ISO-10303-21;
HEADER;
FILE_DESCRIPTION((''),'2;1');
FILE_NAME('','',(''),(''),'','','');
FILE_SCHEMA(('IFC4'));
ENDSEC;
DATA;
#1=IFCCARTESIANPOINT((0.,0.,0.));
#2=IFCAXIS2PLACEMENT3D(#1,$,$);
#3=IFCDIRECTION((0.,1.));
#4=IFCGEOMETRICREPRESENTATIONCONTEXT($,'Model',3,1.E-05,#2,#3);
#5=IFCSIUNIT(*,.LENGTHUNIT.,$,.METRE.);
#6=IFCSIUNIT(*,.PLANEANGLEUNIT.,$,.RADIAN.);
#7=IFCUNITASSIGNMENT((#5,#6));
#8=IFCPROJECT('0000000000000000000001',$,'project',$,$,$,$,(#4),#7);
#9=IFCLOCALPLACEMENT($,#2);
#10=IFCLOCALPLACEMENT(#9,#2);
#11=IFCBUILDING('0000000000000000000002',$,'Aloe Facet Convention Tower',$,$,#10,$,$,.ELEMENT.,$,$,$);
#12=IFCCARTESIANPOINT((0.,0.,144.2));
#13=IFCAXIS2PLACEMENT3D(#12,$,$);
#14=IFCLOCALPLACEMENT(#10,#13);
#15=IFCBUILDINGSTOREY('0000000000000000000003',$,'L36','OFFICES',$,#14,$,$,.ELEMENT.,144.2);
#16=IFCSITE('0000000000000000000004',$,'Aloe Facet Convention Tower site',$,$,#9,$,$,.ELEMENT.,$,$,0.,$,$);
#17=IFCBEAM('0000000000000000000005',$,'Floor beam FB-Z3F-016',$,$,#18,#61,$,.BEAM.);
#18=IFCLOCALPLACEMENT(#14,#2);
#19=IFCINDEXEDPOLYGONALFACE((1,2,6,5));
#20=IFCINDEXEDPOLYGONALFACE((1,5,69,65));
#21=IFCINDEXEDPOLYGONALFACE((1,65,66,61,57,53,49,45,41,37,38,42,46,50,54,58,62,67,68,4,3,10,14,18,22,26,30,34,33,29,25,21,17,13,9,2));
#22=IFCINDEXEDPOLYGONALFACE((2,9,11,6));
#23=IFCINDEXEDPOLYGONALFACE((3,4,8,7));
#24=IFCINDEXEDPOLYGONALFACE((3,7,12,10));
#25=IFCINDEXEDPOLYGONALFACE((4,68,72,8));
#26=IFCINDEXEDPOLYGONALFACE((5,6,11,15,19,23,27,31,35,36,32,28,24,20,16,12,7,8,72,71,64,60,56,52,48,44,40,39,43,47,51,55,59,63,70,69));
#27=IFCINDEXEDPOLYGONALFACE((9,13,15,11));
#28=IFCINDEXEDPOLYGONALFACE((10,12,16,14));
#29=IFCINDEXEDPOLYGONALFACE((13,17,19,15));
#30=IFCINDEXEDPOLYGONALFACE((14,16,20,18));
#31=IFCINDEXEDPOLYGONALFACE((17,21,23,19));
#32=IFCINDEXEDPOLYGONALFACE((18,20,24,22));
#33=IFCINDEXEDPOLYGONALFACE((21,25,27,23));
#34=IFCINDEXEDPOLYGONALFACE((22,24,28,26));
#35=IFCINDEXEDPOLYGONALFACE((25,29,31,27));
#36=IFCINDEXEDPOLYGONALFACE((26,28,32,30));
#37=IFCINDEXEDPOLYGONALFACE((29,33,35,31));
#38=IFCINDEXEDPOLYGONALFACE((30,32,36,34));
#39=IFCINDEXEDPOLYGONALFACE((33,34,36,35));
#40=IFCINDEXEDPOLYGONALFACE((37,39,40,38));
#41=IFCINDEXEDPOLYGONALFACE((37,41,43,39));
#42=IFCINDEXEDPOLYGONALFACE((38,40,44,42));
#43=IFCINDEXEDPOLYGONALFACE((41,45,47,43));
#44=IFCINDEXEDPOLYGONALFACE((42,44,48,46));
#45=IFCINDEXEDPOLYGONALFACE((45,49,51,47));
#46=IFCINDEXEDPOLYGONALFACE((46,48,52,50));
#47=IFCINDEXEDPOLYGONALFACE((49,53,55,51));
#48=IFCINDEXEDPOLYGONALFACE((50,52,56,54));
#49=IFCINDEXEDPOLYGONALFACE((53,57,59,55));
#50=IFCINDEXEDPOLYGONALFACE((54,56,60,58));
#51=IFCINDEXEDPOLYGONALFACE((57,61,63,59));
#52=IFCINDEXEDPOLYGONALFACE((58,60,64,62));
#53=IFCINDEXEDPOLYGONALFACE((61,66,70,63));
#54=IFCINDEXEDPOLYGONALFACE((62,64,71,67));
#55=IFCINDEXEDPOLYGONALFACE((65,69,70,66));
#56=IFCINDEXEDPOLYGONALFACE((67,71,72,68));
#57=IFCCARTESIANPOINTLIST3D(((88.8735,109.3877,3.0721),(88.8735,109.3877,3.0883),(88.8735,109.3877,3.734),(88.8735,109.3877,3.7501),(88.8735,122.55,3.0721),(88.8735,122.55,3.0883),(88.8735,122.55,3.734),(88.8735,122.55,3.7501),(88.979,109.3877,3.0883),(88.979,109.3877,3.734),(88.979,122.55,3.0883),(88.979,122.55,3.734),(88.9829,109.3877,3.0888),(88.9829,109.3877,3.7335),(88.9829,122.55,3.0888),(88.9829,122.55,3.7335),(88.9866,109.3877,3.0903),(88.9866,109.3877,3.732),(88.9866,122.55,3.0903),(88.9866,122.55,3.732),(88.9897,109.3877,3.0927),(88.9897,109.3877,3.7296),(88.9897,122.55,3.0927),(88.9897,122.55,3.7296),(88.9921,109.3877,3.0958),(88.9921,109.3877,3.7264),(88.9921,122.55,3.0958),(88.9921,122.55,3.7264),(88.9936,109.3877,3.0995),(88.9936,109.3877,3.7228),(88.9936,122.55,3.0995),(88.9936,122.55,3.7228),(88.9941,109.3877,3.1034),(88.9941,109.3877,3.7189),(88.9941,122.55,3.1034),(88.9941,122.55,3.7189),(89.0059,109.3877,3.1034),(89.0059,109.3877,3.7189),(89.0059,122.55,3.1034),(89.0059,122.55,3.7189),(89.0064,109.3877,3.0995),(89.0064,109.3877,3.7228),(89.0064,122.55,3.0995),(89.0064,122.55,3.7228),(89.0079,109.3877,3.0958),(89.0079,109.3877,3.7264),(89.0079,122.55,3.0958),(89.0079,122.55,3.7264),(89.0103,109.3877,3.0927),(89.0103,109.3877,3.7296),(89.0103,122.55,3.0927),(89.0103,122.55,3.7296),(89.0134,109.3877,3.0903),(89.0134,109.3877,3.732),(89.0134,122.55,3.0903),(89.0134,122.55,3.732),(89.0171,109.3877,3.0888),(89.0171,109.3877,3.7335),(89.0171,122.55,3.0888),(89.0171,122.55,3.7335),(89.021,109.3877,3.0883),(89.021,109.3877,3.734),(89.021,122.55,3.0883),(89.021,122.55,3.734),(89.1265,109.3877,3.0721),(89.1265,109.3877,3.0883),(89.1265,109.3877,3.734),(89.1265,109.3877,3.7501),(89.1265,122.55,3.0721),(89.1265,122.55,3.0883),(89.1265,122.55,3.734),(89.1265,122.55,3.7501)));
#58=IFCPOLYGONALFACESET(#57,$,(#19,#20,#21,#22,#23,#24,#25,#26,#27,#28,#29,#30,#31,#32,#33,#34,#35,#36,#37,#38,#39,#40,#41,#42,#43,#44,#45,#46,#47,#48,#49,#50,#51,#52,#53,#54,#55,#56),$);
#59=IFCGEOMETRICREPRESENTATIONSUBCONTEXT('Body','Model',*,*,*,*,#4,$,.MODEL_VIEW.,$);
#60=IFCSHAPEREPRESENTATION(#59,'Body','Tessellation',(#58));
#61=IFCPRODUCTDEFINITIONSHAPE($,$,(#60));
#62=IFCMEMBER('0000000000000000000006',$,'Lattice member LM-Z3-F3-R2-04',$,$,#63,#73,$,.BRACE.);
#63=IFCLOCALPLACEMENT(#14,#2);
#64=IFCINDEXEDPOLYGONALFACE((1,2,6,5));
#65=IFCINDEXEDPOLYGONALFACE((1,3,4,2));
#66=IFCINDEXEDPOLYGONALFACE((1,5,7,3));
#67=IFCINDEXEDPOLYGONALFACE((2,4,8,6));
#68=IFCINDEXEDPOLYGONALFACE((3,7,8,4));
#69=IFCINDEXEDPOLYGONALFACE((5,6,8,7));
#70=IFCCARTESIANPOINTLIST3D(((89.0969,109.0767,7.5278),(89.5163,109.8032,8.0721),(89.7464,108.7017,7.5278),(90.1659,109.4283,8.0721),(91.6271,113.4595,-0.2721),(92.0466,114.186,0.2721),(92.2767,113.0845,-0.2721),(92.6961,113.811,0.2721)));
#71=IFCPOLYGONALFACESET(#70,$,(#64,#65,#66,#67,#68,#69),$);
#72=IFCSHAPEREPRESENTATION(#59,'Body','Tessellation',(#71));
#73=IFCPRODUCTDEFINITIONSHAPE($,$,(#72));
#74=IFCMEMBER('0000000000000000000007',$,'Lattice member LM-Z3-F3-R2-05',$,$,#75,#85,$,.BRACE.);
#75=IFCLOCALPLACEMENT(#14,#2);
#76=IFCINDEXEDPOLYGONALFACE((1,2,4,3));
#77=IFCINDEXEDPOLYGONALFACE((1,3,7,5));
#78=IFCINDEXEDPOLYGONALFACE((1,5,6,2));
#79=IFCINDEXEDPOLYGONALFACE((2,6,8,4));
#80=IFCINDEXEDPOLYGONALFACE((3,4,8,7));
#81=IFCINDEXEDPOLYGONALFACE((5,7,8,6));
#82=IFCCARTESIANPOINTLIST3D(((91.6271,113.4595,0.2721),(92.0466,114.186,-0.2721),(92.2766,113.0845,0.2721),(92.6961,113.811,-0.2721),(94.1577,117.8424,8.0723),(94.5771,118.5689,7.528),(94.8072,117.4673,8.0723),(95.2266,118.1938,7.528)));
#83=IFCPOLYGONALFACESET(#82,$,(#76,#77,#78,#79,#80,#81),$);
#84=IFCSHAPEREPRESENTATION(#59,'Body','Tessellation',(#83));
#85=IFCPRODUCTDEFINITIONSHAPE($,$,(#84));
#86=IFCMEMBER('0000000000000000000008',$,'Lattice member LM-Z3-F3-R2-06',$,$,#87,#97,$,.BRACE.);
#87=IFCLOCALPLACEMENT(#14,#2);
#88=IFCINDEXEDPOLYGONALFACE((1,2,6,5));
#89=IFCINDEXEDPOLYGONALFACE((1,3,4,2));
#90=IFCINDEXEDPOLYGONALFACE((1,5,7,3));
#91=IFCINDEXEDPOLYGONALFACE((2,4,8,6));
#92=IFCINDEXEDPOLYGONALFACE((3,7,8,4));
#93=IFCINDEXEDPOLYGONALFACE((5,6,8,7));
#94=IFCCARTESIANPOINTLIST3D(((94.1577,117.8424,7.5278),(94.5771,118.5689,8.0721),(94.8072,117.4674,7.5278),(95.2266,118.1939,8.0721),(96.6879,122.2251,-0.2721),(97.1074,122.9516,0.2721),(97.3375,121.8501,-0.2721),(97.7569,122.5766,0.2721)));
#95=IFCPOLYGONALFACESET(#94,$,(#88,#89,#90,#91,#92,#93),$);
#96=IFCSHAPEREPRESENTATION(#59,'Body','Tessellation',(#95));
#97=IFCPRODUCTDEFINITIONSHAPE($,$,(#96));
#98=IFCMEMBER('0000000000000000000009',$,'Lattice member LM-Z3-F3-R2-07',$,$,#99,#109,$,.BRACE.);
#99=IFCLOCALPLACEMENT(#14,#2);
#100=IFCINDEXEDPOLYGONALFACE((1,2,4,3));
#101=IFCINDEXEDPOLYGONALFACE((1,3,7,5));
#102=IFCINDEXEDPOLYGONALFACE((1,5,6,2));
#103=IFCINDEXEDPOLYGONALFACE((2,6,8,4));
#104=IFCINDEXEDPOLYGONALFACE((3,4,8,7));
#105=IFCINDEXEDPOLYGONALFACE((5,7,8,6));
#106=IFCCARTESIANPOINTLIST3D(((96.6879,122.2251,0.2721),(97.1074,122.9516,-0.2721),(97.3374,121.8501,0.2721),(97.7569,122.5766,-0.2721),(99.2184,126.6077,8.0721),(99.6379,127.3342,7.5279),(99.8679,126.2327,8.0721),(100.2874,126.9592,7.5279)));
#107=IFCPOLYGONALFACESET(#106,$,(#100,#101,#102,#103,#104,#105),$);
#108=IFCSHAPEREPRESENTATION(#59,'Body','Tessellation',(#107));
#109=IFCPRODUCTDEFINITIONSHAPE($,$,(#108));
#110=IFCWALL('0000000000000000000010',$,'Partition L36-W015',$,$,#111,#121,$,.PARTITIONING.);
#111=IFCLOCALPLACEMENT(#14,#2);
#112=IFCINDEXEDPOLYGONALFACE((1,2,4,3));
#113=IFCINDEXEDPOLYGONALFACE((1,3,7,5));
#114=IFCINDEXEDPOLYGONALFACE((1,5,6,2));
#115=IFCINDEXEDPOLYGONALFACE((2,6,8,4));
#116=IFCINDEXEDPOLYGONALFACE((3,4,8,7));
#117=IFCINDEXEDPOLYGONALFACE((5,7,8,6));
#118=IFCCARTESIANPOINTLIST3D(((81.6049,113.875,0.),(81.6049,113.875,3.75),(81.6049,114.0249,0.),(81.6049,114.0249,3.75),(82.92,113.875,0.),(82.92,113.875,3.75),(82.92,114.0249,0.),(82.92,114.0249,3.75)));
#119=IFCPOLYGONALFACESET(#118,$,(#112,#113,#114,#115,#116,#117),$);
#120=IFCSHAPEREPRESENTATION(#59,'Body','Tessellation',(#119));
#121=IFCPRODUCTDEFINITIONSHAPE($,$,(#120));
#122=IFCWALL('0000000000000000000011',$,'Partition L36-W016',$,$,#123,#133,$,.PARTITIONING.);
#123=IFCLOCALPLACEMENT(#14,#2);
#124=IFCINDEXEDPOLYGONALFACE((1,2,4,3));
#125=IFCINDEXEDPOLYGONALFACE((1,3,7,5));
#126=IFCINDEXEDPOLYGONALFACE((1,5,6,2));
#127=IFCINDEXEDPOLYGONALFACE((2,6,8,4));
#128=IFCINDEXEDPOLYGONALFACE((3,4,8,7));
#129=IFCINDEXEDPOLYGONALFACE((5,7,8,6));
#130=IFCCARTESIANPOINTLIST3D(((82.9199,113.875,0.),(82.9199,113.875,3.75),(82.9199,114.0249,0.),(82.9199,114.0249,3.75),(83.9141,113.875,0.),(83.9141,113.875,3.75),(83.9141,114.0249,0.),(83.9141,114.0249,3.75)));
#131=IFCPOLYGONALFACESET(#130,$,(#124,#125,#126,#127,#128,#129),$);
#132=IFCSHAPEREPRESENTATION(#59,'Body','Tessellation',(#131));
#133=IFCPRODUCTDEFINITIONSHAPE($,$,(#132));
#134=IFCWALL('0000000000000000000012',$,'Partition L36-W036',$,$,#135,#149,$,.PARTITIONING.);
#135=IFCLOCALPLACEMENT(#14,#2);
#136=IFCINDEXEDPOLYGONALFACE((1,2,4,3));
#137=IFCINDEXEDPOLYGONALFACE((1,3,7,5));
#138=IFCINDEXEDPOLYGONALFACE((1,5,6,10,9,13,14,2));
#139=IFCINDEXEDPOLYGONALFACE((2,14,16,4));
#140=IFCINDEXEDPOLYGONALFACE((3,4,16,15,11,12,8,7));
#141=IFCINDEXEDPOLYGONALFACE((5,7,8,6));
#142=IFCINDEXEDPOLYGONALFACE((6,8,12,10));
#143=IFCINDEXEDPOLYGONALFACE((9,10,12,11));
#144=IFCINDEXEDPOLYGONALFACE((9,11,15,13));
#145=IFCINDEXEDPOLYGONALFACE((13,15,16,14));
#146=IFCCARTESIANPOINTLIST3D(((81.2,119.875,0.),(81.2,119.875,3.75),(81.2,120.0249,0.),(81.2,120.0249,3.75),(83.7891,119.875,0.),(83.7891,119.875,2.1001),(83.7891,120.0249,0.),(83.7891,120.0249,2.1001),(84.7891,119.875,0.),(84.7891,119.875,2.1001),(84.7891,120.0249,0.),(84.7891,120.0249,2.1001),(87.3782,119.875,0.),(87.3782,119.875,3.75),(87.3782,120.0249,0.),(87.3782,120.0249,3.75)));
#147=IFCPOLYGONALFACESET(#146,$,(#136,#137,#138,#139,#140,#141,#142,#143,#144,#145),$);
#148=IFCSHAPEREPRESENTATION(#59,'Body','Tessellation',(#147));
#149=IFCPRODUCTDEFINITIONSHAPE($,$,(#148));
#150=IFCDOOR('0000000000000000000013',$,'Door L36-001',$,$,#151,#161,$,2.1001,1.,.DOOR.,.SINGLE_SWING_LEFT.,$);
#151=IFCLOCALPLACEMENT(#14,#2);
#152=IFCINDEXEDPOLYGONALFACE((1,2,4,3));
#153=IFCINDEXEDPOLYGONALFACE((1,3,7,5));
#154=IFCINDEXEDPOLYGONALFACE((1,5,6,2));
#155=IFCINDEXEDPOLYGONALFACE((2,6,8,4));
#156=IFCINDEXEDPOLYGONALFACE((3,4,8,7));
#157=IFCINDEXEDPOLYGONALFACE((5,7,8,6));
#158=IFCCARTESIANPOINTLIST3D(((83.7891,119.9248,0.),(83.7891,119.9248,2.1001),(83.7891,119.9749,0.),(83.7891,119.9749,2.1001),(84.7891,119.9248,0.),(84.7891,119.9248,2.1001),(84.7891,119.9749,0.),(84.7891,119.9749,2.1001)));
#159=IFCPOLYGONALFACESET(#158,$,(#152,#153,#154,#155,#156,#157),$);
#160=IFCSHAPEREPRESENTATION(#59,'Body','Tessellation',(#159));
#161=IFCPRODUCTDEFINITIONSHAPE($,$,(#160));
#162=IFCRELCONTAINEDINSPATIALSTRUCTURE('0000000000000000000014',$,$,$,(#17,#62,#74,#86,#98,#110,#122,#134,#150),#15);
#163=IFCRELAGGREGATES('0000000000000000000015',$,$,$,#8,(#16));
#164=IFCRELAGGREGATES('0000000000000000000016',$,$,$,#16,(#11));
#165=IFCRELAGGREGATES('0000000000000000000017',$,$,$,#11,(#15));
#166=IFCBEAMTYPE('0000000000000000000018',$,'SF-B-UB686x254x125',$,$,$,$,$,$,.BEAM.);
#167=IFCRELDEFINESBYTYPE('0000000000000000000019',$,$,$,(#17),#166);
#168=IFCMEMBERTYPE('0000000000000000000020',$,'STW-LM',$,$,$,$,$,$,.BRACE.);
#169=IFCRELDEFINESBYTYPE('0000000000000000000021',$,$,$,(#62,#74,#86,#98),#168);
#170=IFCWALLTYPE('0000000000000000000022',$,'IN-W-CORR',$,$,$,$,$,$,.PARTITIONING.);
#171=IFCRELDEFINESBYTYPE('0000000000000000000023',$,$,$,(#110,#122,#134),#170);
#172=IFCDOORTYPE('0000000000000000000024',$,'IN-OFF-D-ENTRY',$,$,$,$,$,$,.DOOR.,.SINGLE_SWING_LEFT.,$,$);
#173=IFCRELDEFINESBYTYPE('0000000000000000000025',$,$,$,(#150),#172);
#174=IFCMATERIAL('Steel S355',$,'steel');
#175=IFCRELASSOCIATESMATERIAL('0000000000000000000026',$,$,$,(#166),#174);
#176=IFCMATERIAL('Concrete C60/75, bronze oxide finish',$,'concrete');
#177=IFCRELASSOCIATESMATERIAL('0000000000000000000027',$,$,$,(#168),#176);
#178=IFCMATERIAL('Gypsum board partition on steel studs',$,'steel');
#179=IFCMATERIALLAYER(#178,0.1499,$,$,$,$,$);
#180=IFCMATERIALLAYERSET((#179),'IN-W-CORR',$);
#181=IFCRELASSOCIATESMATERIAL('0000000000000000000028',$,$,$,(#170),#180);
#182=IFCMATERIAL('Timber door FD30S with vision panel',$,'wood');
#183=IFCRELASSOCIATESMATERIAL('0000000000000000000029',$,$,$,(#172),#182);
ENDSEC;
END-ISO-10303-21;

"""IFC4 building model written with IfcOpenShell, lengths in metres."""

from ifc_helpers import new_model, si_unit, direction, frame, frame_2d, origin, origin_2d, place, context, subcontext, project, spatial, rectangle, i_section, extrude, material, layer, layer_set, material_profile, profile_set, type_object, element, fill, save


model = new_model("IFC4")

# Units and contexts
model_context = context("Model", 3, precision=1e-05, world=origin(), true_north=direction((0.0, 1.0)))
body_context = subcontext(model_context, "Body", "Model", "MODEL_VIEW")
ifc_project = project(units=[si_unit("LENGTHUNIT", "METRE"), si_unit("PLANEANGLEUNIT", "RADIAN")], contexts=[model_context])

# Site, building, storey
site_placement = place(None, origin())
site = spatial("IfcSite", under=ifc_project, at=site_placement, Name="Aloe Facet Convention Tower site", CompositionType="ELEMENT", RefElevation=0.0)
building_placement = place(site_placement, origin())
building = spatial("IfcBuilding", under=site, at=building_placement, Name="Aloe Facet Convention Tower", CompositionType="ELEMENT")
storey_placement = place(building_placement, frame((0.0, 0.0, 144.2)))
storey = spatial("IfcBuildingStorey", under=building, at=storey_placement, Name="L36", Description="OFFICES", CompositionType="ELEMENT", Elevation=144.2)

# Beam
ifc_material_1 = material(Name="Steel S355", Category="steel")
ifc_material_profile_1 = material_profile(ifc_material_1, i_section(OverallWidth=0.2529, OverallDepth=0.678, WebThickness=0.0117, FlangeThickness=0.0161, FilletRadius=0.0151, at=origin_2d()), Name="UB 686x254x125")
ifc_profile_set_1 = profile_set([ifc_material_profile_1], Name="Steel S355")
beam_type_1 = type_object("IfcBeamType", Name="SF-B-UB686x254x125", PredefinedType="BEAM", material=ifc_profile_set_1)
beam_1_placement = place(storey_placement, frame((89.0, 122.55, 3.4111), z_axis=(0.0, -1.0, 0.0), x_axis=(1.0, 0.0, 0.0)))
element("IfcBeam", 1, at=beam_1_placement, inside=storey, type_object=beam_type_1, Name="Floor beam FB-Z3F-016", PredefinedType="BEAM", context=body_context, shape_type="SweptSolid", body=[
    extrude(i_section(OverallWidth=0.2529, OverallDepth=0.678, WebThickness=0.0117, FlangeThickness=0.0161, FilletRadius=0.0151, at=origin_2d()), origin(), (0.0, 0.0, 1.0), 13.1624),
])

# Members
ifc_material_2 = material(Name="Concrete C60/75, bronze oxide finish", Category="concrete")
ifc_material_profile_2 = material_profile(ifc_material_2, rectangle(XDim=0.75, YDim=1.0, at=origin_2d()), Name="STW-LM")
ifc_profile_set_2 = profile_set([ifc_material_profile_2], Name="Concrete C60/75, bronze oxide finish")
member_type = type_object("IfcMemberType", Name="STW-LM", PredefinedType="BRACE", material=ifc_profile_set_2)
member_1_placement = place(storey_placement, frame((92.1616, 113.6353, 0.0), z_axis=(-0.272132, -0.471373, 0.838899), x_axis=(0.866038, -0.499979, 0.0)))
element("IfcMember", 2, at=member_1_placement, inside=storey, type_object=member_type, Name="Lattice member LM-Z3-F3-R2-04", PredefinedType="BRACE", context=body_context, shape_type="SweptSolid", body=[
    extrude(rectangle(XDim=0.75, YDim=1.0, at=origin_2d()), origin(), (0.0, 0.0, 1.0), 9.2979),
])
member_2_placement = place(storey_placement, frame((92.1616, 113.6353, 0.0), z_axis=(0.272156, 0.47137, 0.838893), x_axis=(-0.866017, 0.500015, 0.0)))
element("IfcMember", 3, at=member_2_placement, inside=storey, type_object=member_type, Name="Lattice member LM-Z3-F3-R2-05", PredefinedType="BRACE", context=body_context, shape_type="SweptSolid", body=[
    extrude(rectangle(XDim=0.75, YDim=1.0, at=origin_2d()), origin(), (0.0, 0.0, 1.0), 9.2981),
])
for number, where, z_axis, x_axis, name in (
    (4, (97.2224, 122.4009, 0.0), (-0.272132, -0.471373, 0.838899), (0.866038, -0.499979, 0.0), "Lattice member LM-Z3-F3-R2-06"),
    (5, (97.2224, 122.4009, 0.0), (0.27216, 0.47135, 0.838903), (-0.866005, 0.500036, 0.0), "Lattice member LM-Z3-F3-R2-07"),
):
    element("IfcMember", number, at=place(storey_placement, frame(where, z_axis=z_axis, x_axis=x_axis)), inside=storey, type_object=member_type, Name=name, PredefinedType="BRACE", context=body_context, shape_type="SweptSolid", body=[
        extrude(rectangle(XDim=0.75, YDim=1.0, at=origin_2d()), origin(), (0.0, 0.0, 1.0), 9.2979),
    ])

# Walls
ifc_material_3 = material(Name="Gypsum board partition on steel studs", Category="steel")
ifc_layer_1 = layer(ifc_material_3, 0.1499)
ifc_layer_set_1 = layer_set([ifc_layer_1], Name="IN-W-CORR")
wall_type_1 = type_object("IfcWallType", Name="IN-W-CORR", PredefinedType="PARTITIONING", material=ifc_layer_set_1)
wall_1_placement = place(storey_placement, frame((81.6047, 113.95, 0.0), z_axis=(0.0, 0.0, 1.0), x_axis=(1.0, 0.0, 0.0)))
element("IfcWall", 6, at=wall_1_placement, inside=storey, type_object=wall_type_1, Name="Partition L36-W015", PredefinedType="PARTITIONING", context=body_context, shape_type="SweptSolid", body=[
    extrude(rectangle(XDim=1.3152, YDim=0.1499, at=frame_2d((0.6577, 0.0))), origin(), (0.0, 0.0, 1.0), 3.75),
])
wall_2_placement = place(storey_placement, frame((82.9199, 113.95, 0.0), z_axis=(0.0, 0.0, 1.0), x_axis=(1.0, 0.0, 0.0)))
element("IfcWall", 7, at=wall_2_placement, inside=storey, type_object=wall_type_1, Name="Partition L36-W016", PredefinedType="PARTITIONING", context=body_context, shape_type="SweptSolid", body=[
    extrude(rectangle(XDim=0.9941, YDim=0.1499, at=frame_2d((0.4971, 0.0))), origin(), (0.0, 0.0, 1.0), 3.75),
])

# Wall, opening, door
wall_3_placement = place(storey_placement, frame((81.2, 119.95, 0.0), z_axis=(0.0, 0.0, 1.0), x_axis=(1.0, 0.0, 0.0)))
wall_3 = element("IfcWall", 8, at=wall_3_placement, inside=storey, type_object=wall_type_1, Name="Partition L36-W036", PredefinedType="PARTITIONING", context=body_context, shape_type="SweptSolid", body=[
    extrude(rectangle(XDim=6.1782, YDim=0.1499, at=frame_2d((3.0891, 0.0))), origin(), (0.0, 0.0, 1.0), 3.75),
])
opening_1_placement = place(wall_3_placement, frame((2.5891, 0.0, 0.0)))
opening_1 = element("IfcOpeningElement", 9, at=opening_1_placement, cuts=wall_3, PredefinedType="OPENING", context=body_context, shape_type="SweptSolid", body=[
    extrude(rectangle(XDim=1.0, YDim=2.1001, at=frame_2d((0.5, 1.05))), frame((0.0, 0.085, 0.0), z_axis=(0.0, -1.0, 0.0), x_axis=(1.0, 0.0, 0.0)), (0.0, 0.0, 1.0), 0.1699),
])
ifc_material_4 = material(Name="Timber door FD30S with vision panel", Category="wood")
door_type_1 = type_object("IfcDoorType", Name="IN-OFF-D-ENTRY", OperationType="SINGLE_SWING_LEFT", PredefinedType="DOOR", material=ifc_material_4)
door_1_placement = place(opening_1_placement, origin())
door_1 = element("IfcDoor", 10, at=door_1_placement, inside=storey, type_object=door_type_1, Name="Door L36-001", OperationType="SINGLE_SWING_LEFT", OverallHeight=2.1001, OverallWidth=1.0, PredefinedType="DOOR", context=body_context, shape_type="SweptSolid", body=[
    extrude(rectangle(XDim=1.0, YDim=2.1001, at=frame_2d((0.5, 1.05))), frame((0.0, 0.0249, 0.0), z_axis=(0.0, -1.0, 0.0), x_axis=(1.0, 0.0, 0.0)), (0.0, 0.0, 1.0), 0.05),
])
fill(opening_1, door_1)

save(model, "model.ifc")
